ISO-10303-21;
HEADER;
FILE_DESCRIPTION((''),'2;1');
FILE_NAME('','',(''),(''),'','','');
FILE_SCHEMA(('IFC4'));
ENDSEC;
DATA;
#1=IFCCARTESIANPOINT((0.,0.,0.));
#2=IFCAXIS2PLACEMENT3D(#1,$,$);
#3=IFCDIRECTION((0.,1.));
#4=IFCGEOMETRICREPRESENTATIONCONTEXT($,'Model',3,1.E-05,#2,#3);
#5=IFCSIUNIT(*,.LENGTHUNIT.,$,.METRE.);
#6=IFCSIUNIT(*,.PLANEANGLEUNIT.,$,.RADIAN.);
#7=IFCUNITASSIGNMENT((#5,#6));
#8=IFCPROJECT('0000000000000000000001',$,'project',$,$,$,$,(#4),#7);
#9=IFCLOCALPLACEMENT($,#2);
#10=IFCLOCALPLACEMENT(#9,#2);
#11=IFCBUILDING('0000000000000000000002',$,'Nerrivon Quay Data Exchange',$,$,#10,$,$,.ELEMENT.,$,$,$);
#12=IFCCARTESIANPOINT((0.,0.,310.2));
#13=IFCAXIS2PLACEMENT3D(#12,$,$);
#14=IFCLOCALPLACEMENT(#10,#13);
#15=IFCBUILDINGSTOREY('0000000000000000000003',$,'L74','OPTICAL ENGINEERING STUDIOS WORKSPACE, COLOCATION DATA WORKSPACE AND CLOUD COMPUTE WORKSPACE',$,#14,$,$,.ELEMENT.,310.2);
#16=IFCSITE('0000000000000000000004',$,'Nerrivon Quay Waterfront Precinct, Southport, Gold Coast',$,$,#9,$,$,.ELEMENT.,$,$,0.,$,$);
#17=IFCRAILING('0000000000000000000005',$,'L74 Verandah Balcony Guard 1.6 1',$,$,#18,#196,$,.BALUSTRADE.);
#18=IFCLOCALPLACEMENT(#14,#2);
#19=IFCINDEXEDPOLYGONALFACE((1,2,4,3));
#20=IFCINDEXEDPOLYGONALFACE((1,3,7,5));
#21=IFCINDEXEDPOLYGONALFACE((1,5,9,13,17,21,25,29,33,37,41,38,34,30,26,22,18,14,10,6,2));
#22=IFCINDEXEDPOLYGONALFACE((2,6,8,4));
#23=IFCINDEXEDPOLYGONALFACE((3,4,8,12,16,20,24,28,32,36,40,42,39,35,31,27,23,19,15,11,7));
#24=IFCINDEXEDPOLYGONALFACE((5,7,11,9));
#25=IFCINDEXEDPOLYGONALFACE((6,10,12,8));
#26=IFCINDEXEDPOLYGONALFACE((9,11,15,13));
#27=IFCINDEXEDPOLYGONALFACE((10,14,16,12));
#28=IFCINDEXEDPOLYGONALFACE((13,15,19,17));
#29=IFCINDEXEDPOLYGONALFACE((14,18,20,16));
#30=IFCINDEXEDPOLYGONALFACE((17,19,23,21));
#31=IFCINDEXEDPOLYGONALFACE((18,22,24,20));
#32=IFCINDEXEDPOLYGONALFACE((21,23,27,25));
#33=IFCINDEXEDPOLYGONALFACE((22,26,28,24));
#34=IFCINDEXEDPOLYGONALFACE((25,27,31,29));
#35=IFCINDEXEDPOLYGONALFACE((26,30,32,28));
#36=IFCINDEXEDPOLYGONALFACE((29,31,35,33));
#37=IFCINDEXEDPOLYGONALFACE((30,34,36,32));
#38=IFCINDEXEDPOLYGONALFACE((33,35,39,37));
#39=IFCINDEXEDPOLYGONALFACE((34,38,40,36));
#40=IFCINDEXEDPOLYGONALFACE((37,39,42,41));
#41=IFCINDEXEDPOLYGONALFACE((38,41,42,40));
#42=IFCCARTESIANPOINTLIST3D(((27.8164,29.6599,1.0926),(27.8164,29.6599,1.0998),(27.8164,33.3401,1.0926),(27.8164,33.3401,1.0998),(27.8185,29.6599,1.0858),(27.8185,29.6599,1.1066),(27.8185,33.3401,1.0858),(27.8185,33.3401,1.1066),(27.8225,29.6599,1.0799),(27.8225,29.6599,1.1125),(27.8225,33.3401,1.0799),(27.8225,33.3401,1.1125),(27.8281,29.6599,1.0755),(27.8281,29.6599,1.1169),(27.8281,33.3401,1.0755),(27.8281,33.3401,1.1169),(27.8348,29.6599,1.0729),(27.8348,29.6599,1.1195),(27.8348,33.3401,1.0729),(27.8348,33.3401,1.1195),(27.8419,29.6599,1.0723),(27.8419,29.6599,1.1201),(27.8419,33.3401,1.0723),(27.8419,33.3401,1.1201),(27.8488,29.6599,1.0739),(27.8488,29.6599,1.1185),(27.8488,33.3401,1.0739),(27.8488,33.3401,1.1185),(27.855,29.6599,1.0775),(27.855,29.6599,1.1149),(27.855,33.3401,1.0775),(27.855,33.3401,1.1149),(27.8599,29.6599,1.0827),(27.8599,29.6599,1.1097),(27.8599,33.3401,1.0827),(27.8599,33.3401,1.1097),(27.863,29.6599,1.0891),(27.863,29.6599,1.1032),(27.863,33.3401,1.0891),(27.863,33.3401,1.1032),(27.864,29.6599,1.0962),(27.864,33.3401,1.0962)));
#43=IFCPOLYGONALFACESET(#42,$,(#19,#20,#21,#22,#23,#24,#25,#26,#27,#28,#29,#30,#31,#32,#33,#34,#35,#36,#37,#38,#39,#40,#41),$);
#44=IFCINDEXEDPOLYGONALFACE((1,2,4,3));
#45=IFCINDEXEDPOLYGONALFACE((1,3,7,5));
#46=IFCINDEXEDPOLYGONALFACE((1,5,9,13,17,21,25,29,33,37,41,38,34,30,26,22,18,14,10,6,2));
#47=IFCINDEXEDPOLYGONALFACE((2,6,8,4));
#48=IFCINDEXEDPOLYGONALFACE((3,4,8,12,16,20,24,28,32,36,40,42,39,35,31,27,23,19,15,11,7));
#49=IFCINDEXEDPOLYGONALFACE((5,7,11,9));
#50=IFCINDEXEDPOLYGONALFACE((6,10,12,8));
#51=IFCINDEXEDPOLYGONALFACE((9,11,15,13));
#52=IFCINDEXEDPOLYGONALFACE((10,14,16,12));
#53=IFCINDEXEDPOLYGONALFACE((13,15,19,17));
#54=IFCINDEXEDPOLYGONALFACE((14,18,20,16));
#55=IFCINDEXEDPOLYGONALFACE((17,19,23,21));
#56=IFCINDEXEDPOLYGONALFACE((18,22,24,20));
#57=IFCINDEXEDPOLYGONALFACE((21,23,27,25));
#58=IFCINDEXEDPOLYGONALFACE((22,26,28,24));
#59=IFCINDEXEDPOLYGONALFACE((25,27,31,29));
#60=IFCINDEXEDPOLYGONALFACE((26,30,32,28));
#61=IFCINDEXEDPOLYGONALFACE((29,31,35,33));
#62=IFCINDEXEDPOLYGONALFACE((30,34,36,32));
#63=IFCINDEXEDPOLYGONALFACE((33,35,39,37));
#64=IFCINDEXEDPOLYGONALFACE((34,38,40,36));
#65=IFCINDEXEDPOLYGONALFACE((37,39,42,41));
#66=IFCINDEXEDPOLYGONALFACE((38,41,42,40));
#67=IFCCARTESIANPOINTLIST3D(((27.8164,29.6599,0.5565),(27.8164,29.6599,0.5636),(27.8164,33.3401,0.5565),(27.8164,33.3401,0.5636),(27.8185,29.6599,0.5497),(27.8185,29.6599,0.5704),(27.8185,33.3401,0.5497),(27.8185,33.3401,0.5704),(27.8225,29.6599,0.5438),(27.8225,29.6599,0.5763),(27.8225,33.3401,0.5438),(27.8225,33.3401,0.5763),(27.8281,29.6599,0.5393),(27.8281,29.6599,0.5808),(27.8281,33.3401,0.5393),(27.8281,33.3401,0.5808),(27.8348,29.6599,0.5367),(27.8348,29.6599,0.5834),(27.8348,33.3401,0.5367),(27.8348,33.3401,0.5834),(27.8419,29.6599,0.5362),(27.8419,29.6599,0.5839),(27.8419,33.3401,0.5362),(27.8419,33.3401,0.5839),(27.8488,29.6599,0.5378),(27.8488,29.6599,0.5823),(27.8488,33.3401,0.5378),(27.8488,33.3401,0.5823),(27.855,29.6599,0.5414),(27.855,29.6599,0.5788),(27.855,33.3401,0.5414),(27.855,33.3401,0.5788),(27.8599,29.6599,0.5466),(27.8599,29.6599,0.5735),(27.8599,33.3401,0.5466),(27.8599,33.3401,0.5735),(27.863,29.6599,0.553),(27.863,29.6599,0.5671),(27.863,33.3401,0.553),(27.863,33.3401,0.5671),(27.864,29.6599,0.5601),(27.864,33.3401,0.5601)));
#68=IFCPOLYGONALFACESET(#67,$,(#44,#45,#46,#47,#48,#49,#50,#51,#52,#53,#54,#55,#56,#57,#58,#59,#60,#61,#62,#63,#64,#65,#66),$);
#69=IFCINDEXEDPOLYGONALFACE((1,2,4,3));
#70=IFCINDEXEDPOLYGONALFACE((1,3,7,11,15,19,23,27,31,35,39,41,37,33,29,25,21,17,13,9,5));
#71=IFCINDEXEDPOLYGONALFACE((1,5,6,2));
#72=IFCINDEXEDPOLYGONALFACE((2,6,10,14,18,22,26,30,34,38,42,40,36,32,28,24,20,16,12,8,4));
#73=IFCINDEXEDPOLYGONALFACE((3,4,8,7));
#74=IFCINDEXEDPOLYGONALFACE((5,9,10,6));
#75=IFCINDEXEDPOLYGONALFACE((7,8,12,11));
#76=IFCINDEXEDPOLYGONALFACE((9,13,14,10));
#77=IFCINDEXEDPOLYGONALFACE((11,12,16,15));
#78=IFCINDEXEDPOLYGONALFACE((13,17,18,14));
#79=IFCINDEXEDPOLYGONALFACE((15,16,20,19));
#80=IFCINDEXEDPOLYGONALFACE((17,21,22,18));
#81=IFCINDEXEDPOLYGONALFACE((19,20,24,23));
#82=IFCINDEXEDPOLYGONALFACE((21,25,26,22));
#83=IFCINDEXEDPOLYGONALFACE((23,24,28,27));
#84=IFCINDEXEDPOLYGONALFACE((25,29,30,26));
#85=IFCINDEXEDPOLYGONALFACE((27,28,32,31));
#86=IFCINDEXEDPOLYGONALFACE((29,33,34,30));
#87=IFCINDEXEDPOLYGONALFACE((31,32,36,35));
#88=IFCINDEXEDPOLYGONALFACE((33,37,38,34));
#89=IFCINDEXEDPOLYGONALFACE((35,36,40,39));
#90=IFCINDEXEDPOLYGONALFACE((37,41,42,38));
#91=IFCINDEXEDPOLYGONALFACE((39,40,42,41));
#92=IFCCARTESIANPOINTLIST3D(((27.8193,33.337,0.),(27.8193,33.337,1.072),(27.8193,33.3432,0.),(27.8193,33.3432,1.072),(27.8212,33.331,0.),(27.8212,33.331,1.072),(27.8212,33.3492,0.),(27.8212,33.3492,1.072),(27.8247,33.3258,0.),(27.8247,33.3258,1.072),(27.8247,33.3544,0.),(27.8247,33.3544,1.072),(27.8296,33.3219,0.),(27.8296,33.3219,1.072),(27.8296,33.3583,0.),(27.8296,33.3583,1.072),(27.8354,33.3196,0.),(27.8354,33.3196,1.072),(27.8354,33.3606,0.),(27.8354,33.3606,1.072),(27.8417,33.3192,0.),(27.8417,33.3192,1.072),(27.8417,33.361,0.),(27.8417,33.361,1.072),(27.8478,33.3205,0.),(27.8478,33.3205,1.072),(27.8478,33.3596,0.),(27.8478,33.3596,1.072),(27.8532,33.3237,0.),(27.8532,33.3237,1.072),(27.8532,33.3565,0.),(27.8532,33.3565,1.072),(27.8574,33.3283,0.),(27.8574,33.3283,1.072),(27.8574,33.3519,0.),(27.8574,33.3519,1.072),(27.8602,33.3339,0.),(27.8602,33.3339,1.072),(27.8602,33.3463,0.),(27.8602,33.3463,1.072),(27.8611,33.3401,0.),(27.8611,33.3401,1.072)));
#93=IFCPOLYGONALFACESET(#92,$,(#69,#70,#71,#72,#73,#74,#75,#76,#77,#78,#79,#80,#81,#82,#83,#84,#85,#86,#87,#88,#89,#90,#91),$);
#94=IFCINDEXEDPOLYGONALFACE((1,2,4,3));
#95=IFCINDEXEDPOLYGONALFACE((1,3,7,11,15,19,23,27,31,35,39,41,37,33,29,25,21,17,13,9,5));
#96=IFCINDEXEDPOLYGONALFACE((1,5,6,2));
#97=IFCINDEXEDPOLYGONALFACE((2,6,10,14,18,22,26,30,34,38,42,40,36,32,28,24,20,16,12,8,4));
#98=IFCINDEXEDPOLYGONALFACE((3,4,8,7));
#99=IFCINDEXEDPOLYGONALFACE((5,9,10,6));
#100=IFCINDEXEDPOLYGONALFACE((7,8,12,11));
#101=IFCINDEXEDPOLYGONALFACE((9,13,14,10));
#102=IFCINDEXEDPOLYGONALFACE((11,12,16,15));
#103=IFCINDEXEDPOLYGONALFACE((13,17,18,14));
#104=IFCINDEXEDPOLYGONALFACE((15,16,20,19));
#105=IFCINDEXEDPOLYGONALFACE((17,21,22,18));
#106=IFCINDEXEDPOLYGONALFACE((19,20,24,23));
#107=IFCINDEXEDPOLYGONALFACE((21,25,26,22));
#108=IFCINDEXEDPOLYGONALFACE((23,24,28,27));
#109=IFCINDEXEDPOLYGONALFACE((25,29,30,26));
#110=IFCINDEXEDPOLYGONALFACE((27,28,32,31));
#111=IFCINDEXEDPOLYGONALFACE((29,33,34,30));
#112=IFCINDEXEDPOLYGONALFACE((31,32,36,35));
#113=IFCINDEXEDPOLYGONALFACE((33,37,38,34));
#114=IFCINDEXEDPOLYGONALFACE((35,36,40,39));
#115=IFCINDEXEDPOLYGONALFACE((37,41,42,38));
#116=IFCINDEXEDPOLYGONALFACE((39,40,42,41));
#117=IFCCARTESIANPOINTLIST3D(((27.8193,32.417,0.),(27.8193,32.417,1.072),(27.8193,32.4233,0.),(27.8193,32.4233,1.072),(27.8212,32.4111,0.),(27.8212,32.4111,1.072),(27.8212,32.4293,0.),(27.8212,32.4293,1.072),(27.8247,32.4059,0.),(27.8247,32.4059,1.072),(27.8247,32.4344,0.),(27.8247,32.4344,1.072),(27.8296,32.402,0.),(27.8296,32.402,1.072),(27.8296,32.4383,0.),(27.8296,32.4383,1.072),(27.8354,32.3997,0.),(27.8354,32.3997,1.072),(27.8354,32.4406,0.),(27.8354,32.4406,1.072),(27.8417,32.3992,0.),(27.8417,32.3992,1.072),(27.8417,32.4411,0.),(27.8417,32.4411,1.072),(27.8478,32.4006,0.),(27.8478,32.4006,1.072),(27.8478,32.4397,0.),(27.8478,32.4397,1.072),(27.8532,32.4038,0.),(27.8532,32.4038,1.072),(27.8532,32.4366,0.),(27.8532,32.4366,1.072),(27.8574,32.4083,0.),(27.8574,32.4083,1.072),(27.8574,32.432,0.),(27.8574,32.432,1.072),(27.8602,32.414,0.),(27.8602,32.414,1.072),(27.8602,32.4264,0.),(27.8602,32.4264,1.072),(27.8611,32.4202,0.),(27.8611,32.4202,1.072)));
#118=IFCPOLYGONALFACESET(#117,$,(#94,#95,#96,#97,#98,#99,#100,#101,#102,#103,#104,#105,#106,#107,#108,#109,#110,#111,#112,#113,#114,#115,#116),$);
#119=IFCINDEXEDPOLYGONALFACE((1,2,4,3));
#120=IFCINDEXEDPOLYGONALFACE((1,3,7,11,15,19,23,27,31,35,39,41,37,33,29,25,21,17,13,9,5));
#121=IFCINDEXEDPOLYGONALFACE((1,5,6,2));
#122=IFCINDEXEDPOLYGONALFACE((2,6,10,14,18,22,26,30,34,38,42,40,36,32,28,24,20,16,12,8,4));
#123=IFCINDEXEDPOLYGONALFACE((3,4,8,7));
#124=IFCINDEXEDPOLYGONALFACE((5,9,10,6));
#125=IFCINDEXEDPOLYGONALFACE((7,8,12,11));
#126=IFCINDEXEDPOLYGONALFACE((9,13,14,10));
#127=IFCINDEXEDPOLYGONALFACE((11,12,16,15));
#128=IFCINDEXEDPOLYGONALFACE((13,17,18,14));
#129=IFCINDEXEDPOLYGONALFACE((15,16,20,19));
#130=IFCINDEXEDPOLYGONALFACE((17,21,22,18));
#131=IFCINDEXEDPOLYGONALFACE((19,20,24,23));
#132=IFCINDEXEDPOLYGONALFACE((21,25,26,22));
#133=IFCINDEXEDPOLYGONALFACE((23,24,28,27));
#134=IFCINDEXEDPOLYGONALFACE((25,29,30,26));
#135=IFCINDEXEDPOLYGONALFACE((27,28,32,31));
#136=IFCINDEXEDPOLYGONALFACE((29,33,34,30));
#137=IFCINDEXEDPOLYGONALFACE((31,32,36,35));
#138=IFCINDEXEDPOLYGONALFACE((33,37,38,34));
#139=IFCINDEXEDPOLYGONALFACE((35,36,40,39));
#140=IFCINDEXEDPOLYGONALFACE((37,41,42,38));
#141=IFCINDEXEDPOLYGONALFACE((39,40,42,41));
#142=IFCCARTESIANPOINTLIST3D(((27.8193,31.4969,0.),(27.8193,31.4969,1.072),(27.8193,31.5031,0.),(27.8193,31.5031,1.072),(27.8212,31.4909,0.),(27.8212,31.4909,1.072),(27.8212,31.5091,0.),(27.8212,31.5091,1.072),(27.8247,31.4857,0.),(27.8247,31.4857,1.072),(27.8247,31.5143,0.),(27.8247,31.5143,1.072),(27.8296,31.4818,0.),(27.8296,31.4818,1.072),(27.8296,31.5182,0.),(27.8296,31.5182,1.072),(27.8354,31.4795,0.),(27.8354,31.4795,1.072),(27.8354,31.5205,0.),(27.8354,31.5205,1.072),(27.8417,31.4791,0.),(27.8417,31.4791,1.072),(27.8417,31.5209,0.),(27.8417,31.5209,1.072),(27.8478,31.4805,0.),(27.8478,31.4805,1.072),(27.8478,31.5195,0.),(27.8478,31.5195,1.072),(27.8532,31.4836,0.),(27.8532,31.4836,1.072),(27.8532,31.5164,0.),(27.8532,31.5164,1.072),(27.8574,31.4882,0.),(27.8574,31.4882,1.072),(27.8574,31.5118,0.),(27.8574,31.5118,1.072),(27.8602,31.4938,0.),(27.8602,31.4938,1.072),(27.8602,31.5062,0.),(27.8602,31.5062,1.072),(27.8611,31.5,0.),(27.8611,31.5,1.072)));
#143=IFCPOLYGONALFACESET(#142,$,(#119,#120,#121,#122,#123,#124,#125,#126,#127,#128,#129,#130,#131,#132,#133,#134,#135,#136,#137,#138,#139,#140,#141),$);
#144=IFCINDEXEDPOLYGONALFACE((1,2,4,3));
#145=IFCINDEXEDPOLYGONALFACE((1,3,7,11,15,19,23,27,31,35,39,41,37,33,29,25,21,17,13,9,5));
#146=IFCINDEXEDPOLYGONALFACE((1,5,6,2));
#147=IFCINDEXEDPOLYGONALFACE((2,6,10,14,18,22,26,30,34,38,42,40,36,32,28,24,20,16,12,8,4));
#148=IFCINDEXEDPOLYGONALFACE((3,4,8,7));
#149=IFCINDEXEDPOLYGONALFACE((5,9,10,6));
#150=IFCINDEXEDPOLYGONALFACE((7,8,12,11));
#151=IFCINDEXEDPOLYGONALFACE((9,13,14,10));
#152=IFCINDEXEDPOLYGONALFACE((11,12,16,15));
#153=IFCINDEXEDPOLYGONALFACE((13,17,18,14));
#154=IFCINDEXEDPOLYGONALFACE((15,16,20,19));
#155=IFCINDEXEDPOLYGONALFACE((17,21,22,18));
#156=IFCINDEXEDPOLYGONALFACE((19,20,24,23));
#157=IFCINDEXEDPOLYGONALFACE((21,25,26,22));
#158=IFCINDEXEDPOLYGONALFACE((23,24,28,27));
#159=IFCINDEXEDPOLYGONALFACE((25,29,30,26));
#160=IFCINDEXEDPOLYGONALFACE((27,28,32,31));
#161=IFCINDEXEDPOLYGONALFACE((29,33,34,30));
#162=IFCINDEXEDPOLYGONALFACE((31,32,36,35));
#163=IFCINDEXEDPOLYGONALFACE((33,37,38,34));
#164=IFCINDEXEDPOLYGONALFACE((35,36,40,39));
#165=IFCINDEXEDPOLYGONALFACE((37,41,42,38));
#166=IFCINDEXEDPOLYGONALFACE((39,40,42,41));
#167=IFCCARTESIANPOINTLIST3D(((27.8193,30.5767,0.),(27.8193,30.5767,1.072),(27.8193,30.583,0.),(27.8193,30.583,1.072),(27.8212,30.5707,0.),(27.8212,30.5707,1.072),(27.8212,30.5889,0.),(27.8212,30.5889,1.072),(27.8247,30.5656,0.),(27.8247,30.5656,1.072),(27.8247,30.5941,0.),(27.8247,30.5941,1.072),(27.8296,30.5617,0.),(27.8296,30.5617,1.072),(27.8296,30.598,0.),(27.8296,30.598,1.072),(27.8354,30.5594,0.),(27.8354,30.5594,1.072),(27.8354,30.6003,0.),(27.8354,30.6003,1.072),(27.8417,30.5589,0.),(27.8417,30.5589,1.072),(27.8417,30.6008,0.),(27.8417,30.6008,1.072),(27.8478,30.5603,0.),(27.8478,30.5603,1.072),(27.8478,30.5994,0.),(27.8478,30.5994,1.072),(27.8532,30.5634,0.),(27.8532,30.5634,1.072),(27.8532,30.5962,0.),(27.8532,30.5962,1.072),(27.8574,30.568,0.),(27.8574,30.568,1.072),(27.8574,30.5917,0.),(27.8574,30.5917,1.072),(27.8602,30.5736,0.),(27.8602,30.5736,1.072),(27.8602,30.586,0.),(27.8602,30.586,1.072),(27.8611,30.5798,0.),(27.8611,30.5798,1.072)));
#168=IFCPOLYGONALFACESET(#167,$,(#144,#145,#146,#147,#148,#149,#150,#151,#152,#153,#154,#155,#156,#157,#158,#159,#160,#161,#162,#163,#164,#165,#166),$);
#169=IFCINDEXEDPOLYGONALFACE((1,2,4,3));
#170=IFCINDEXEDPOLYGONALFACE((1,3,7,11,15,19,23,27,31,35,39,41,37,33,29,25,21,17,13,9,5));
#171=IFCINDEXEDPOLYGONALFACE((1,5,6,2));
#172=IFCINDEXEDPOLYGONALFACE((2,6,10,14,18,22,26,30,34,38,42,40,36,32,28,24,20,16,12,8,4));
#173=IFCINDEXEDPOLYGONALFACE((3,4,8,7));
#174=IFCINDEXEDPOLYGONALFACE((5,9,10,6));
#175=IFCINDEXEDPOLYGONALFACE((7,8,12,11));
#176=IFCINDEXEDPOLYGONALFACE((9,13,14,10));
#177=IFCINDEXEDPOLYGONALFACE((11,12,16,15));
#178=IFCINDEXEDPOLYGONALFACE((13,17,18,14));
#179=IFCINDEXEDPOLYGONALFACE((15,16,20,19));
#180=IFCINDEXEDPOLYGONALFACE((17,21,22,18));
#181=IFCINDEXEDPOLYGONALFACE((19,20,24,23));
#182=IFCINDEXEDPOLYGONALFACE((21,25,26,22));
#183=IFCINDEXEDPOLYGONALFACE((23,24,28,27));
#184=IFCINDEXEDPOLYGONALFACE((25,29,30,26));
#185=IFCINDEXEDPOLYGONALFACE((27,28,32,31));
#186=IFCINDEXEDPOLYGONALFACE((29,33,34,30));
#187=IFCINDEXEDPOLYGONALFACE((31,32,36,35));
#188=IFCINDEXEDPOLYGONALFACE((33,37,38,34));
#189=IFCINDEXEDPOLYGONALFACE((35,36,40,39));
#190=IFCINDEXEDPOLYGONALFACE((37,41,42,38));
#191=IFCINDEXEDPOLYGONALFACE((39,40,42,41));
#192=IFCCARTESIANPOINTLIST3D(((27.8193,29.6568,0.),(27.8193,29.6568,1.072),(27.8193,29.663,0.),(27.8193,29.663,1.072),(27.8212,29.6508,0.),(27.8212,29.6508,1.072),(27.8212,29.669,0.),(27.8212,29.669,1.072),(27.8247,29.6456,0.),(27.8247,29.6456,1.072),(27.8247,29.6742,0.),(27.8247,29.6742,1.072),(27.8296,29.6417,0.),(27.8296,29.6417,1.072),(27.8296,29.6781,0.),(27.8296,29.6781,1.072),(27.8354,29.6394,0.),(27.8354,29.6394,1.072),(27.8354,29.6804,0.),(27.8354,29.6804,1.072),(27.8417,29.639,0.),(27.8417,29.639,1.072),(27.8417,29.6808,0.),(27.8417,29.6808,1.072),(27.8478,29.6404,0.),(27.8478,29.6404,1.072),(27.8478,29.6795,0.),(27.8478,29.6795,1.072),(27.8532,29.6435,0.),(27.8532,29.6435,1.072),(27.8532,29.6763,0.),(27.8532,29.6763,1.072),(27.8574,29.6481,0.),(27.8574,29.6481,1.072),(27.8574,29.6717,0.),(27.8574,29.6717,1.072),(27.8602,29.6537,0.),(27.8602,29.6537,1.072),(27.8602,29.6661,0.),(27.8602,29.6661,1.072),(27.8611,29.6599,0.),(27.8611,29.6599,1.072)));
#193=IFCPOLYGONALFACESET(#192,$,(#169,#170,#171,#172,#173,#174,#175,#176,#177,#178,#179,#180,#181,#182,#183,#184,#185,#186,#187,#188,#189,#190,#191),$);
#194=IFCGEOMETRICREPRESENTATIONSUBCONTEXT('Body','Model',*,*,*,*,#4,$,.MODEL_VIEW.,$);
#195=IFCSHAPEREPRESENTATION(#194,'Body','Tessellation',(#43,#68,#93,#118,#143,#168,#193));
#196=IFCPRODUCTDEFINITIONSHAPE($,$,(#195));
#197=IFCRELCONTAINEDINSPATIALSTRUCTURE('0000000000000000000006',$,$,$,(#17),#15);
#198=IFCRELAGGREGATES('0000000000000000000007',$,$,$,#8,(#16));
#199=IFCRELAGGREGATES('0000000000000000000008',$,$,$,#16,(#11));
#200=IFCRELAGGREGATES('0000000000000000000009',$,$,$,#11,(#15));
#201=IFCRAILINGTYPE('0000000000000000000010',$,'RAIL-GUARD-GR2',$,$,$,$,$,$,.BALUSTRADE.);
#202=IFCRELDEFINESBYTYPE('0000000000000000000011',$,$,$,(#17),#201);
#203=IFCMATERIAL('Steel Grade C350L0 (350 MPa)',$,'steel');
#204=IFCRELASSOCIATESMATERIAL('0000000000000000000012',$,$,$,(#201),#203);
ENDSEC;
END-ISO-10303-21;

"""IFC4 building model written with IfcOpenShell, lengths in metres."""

from ifc_helpers import new_model, si_unit, direction, frame, origin, origin_2d, place, context, subcontext, project, spatial, circle, extrude, material, type_object, element, save


model = new_model("IFC4")

# Units and contexts
model_context = context("Model", 3, precision=1e-05, world=origin(), true_north=direction((0.0, 1.0)))
body_context = subcontext(model_context, "Body", "Model", "MODEL_VIEW")
ifc_project = project(units=[si_unit("LENGTHUNIT", "METRE"), si_unit("PLANEANGLEUNIT", "RADIAN")], contexts=[model_context])

# Site, building, storey
site_placement = place(None, origin())
site = spatial("IfcSite", under=ifc_project, at=site_placement, Name="Nerrivon Quay Waterfront Precinct, Southport, Gold Coast", CompositionType="ELEMENT", RefElevation=0.0)
building_placement = place(site_placement, origin())
building = spatial("IfcBuilding", under=site, at=building_placement, Name="Nerrivon Quay Data Exchange", CompositionType="ELEMENT")
storey_placement = place(building_placement, frame((0.0, 0.0, 310.2)))
storey = spatial("IfcBuildingStorey", under=building, at=storey_placement, Name="L74", Description="OPTICAL ENGINEERING STUDIOS WORKSPACE, COLOCATION DATA WORKSPACE AND CLOUD COMPUTE WORKSPACE", CompositionType="ELEMENT", Elevation=310.2)

# Railing
ifc_material_1 = material(Name="Steel Grade C350L0 (350 MPa)", Category="steel")
railing_type = type_object("IfcRailingType", Name="RAIL-GUARD-GR2", PredefinedType="BALUSTRADE", material=ifc_material_1)
railing_1_placement = place(storey_placement, frame((27.8401, 33.3401, 0.0)))
element("IfcRailing", 1, at=railing_1_placement, inside=storey, type_object=railing_type, Name="L74 Verandah Balcony Guard 1.6 1", PredefinedType="BALUSTRADE", context=body_context, shape_type="SweptSolid", body=[
    extrude(circle(Radius=0.0239, at=origin_2d()), frame((0.0, 0.0, 1.0962), z_axis=(0.0, -1.0, 0.0), x_axis=(1.0, 0.0, 0.0)), (0.0, 0.0, 1.0), 3.6802),
    extrude(circle(Radius=0.0239, at=origin_2d()), frame((0.0, 0.0, 0.5601), z_axis=(0.0, -1.0, 0.0), x_axis=(1.0, 0.0, 0.0)), (0.0, 0.0, 1.0), 3.6802),
    extrude(circle(Radius=0.021, at=origin_2d()), origin(), (0.0, 0.0, 1.0), 1.072),
    extrude(circle(Radius=0.021, at=origin_2d()), frame((0.0, -0.9199, 0.0)), (0.0, 0.0, 1.0), 1.072),
    extrude(circle(Radius=0.021, at=origin_2d()), frame((0.0, -1.8401, 0.0)), (0.0, 0.0, 1.0), 1.072),
    extrude(circle(Radius=0.021, at=origin_2d()), frame((0.0, -2.7603, 0.0)), (0.0, 0.0, 1.0), 1.072),
    extrude(circle(Radius=0.021, at=origin_2d()), frame((0.0, -3.6802, 0.0)), (0.0, 0.0, 1.0), 1.072),
])

save(model, "model.ifc")
